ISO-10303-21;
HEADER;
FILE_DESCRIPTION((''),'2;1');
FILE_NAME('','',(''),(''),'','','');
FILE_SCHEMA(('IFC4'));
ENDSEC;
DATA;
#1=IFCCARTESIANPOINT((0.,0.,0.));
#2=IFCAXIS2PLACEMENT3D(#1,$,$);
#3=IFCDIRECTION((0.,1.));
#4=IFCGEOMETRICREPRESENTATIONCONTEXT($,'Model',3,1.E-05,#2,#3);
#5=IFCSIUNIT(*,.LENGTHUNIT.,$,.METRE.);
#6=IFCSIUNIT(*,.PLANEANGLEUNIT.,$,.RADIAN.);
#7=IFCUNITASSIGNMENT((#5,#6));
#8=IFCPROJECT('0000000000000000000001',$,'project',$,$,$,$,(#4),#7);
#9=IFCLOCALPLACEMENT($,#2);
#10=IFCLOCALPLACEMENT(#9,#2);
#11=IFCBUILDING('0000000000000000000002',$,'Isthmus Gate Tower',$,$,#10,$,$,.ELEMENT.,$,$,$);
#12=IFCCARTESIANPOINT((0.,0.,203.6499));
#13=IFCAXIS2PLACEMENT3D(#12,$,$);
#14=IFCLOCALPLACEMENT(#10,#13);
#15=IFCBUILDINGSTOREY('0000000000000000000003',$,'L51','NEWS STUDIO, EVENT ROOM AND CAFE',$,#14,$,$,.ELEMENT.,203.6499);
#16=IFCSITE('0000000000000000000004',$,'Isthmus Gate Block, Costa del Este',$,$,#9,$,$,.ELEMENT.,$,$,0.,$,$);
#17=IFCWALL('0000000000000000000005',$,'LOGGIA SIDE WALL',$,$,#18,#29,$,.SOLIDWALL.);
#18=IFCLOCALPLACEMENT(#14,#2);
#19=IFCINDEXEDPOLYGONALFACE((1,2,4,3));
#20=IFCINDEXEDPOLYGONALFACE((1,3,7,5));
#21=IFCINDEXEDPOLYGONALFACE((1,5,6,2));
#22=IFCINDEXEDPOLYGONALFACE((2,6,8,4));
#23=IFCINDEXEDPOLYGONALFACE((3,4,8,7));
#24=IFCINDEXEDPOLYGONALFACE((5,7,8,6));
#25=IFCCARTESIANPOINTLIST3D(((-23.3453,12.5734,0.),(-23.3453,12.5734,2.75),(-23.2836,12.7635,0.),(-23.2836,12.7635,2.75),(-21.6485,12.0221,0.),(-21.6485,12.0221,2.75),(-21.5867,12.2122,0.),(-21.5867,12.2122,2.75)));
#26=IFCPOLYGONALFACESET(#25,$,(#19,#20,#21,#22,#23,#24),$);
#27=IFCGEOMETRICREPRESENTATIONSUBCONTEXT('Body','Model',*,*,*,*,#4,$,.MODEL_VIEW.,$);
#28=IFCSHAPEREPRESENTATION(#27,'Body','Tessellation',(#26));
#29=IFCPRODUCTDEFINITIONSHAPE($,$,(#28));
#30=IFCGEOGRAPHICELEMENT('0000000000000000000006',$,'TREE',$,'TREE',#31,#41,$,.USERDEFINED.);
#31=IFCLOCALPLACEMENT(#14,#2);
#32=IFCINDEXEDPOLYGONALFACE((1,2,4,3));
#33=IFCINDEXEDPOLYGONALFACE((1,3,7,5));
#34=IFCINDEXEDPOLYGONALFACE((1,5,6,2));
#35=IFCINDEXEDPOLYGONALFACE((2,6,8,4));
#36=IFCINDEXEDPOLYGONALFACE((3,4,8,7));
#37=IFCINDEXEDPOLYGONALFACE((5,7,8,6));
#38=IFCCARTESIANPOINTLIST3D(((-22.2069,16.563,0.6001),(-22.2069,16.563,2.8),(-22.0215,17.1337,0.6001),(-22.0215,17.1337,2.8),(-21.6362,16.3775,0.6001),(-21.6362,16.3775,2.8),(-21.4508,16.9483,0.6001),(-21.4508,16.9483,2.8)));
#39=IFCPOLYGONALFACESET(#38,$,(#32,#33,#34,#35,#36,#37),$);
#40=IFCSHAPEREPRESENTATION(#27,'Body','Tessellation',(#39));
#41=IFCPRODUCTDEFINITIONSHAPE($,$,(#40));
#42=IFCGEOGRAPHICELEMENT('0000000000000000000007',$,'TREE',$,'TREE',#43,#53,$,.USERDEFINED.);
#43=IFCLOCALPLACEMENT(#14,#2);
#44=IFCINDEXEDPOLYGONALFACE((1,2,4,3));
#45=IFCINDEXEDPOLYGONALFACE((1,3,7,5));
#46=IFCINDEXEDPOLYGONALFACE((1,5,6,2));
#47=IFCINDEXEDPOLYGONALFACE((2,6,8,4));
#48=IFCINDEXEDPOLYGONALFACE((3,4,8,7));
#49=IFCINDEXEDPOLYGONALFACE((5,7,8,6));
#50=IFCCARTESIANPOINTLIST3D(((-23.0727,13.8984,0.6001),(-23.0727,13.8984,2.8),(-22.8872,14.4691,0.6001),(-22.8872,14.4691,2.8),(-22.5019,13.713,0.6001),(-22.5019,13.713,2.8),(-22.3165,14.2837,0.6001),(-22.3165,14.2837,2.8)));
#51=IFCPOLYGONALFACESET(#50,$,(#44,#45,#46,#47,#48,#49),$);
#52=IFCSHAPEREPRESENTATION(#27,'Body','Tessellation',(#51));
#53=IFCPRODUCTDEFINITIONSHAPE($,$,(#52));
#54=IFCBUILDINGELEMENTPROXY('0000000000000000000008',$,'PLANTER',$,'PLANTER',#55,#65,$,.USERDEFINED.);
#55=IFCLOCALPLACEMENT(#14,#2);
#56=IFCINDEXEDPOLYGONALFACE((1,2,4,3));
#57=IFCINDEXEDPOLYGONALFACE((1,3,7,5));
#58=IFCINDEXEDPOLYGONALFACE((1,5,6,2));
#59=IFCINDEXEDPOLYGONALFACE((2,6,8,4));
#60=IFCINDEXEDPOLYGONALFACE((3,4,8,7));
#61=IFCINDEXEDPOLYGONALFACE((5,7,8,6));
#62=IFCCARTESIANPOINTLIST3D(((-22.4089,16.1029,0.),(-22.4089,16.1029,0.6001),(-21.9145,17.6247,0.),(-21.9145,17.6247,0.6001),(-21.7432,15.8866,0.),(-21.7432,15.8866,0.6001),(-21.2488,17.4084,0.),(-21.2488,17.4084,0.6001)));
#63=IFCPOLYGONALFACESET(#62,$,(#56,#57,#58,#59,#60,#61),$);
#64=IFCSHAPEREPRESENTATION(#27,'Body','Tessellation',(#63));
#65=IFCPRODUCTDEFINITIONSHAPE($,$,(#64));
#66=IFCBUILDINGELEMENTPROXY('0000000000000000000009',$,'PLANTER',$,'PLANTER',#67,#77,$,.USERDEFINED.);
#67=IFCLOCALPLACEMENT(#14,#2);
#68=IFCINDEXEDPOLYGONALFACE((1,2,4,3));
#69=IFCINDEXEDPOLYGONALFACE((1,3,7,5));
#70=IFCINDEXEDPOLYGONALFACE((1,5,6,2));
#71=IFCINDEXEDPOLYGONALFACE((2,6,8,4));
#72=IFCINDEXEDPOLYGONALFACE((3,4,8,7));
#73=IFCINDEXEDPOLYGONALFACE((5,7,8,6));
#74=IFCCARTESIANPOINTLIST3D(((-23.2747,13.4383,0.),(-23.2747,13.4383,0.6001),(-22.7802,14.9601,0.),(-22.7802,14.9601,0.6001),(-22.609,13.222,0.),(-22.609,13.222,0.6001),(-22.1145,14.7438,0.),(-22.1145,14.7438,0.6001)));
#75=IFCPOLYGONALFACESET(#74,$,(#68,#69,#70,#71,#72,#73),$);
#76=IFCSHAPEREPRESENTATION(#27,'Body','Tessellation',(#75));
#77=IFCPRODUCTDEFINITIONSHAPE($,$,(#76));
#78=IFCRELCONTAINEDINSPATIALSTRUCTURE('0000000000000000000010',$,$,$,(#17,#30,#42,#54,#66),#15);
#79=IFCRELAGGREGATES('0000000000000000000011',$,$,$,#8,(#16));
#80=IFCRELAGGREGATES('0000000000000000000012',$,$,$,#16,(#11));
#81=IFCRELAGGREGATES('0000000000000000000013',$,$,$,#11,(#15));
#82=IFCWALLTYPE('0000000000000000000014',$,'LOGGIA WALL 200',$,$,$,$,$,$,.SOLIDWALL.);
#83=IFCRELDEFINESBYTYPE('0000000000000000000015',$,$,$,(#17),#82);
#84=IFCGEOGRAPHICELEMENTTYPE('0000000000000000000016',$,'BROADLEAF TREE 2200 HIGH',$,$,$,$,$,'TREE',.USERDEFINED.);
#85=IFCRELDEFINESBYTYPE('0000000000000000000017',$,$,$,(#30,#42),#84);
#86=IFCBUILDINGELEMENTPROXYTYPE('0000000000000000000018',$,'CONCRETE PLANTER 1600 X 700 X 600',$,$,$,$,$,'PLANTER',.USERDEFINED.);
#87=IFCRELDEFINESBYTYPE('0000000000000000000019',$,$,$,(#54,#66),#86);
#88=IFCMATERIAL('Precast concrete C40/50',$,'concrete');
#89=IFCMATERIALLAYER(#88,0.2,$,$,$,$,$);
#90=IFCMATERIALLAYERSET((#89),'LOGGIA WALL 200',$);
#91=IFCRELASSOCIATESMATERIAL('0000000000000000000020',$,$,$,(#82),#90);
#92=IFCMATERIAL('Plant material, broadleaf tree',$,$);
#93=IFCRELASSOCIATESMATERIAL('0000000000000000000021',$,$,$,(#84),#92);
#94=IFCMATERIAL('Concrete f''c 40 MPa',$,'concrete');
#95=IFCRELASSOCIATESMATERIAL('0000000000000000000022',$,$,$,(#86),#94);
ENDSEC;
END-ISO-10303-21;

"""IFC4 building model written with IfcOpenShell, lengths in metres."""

from ifc_helpers import new_model, si_unit, direction, frame, frame_2d, origin, origin_2d, place, context, subcontext, project, spatial, rectangle, extrude, material, layer, layer_set, type_object, element, save


model = new_model("IFC4")

# Units and contexts
model_context = context("Model", 3, precision=1e-05, world=origin(), true_north=direction((0.0, 1.0)))
body_context = subcontext(model_context, "Body", "Model", "MODEL_VIEW")
ifc_project = project(units=[si_unit("LENGTHUNIT", "METRE"), si_unit("PLANEANGLEUNIT", "RADIAN")], contexts=[model_context])

# Site, building, storey
site_placement = place(None, origin())
site = spatial("IfcSite", under=ifc_project, at=site_placement, Name="Isthmus Gate Block, Costa del Este", CompositionType="ELEMENT", RefElevation=0.0)
building_placement = place(site_placement, origin())
building = spatial("IfcBuilding", under=site, at=building_placement, Name="Isthmus Gate Tower", CompositionType="ELEMENT")
storey_placement = place(building_placement, frame((0.0, 0.0, 203.6499)))
storey = spatial("IfcBuildingStorey", under=building, at=storey_placement, Name="L51", Description="NEWS STUDIO, EVENT ROOM AND CAFE", CompositionType="ELEMENT", Elevation=203.6499)

# Shared definitions
ifc_material_1 = material(Name="Precast concrete C40/50", Category="concrete")
ifc_layer_1 = layer(ifc_material_1, 0.2)
ifc_layer_set_1 = layer_set([ifc_layer_1], Name="LOGGIA WALL 200")
wall_type_1 = type_object("IfcWallType", Name="LOGGIA WALL 200", PredefinedType="SOLIDWALL", material=ifc_layer_set_1)

# Wall
wall_1_placement = place(storey_placement, frame((-23.3145, 12.6685, 0.0), z_axis=(0.0, 0.0, 1.0), x_axis=(0.951064, -0.308993, 0.0)))
element("IfcWall", 1, at=wall_1_placement, inside=storey, type_object=wall_type_1, Name="LOGGIA SIDE WALL", PredefinedType="SOLIDWALL", context=body_context, shape_type="SweptSolid", body=[
    extrude(rectangle(XDim=1.7842, YDim=0.2, at=frame_2d((0.8921, 0.0))), origin(), (0.0, 0.0, 1.0), 2.75),
])

# Geographic elements
ifc_material_2 = material(Name="Plant material, broadleaf tree")
geographic_element_type = type_object("IfcGeographicElementType", Name="BROADLEAF TREE 2200 HIGH", ElementType="TREE", PredefinedType="USERDEFINED", material=ifc_material_2)
for number, where, z_axis, x_axis, name in (
    (2, (-21.8289, 16.7556, 0.6001), (0.0, 0.0, 1.0), (-0.309017, -0.951057, 0.0), "TREE"),
    (3, (-22.6946, 14.0911, 0.6001), (0.0, 0.0, 1.0), (-0.309017, -0.951057, 0.0), "TREE"),
):
    element("IfcGeographicElement", number, at=place(storey_placement, frame(where, z_axis=z_axis, x_axis=x_axis)), inside=storey, type_object=geographic_element_type, Name=name, ObjectType="TREE", PredefinedType="USERDEFINED", context=body_context, shape_type="SweptSolid", body=[
        extrude(rectangle(XDim=0.6001, YDim=0.6001, at=origin_2d()), origin(), (0.0, 0.0, 1.0), 2.2),
    ])

# Building element proxies
ifc_material_3 = material(Name="Concrete f'c 40 MPa", Category="concrete")
building_element_proxy_type = type_object("IfcBuildingElementProxyType", Name="CONCRETE PLANTER 1600 X 700 X 600", ElementType="PLANTER", PredefinedType="USERDEFINED", material=ifc_material_3)
for number, where, z_axis, x_axis, name in (
    (4, (-21.8289, 16.7556, 0.0), (0.0, 0.0, 1.0), (-0.309017, -0.951057, 0.0), "PLANTER"),
    (5, (-22.6946, 14.0911, 0.0), (0.0, 0.0, 1.0), (-0.309017, -0.951057, 0.0), "PLANTER"),
):
    element("IfcBuildingElementProxy", number, at=place(storey_placement, frame(where, z_axis=z_axis, x_axis=x_axis)), inside=storey, type_object=building_element_proxy_type, Name=name, ObjectType="PLANTER", PredefinedType="USERDEFINED", context=body_context, shape_type="SweptSolid", body=[
        extrude(rectangle(XDim=1.6001, YDim=0.7, at=origin_2d()), origin(), (0.0, 0.0, 1.0), 0.6001),
    ])

save(model, "model.ifc")
